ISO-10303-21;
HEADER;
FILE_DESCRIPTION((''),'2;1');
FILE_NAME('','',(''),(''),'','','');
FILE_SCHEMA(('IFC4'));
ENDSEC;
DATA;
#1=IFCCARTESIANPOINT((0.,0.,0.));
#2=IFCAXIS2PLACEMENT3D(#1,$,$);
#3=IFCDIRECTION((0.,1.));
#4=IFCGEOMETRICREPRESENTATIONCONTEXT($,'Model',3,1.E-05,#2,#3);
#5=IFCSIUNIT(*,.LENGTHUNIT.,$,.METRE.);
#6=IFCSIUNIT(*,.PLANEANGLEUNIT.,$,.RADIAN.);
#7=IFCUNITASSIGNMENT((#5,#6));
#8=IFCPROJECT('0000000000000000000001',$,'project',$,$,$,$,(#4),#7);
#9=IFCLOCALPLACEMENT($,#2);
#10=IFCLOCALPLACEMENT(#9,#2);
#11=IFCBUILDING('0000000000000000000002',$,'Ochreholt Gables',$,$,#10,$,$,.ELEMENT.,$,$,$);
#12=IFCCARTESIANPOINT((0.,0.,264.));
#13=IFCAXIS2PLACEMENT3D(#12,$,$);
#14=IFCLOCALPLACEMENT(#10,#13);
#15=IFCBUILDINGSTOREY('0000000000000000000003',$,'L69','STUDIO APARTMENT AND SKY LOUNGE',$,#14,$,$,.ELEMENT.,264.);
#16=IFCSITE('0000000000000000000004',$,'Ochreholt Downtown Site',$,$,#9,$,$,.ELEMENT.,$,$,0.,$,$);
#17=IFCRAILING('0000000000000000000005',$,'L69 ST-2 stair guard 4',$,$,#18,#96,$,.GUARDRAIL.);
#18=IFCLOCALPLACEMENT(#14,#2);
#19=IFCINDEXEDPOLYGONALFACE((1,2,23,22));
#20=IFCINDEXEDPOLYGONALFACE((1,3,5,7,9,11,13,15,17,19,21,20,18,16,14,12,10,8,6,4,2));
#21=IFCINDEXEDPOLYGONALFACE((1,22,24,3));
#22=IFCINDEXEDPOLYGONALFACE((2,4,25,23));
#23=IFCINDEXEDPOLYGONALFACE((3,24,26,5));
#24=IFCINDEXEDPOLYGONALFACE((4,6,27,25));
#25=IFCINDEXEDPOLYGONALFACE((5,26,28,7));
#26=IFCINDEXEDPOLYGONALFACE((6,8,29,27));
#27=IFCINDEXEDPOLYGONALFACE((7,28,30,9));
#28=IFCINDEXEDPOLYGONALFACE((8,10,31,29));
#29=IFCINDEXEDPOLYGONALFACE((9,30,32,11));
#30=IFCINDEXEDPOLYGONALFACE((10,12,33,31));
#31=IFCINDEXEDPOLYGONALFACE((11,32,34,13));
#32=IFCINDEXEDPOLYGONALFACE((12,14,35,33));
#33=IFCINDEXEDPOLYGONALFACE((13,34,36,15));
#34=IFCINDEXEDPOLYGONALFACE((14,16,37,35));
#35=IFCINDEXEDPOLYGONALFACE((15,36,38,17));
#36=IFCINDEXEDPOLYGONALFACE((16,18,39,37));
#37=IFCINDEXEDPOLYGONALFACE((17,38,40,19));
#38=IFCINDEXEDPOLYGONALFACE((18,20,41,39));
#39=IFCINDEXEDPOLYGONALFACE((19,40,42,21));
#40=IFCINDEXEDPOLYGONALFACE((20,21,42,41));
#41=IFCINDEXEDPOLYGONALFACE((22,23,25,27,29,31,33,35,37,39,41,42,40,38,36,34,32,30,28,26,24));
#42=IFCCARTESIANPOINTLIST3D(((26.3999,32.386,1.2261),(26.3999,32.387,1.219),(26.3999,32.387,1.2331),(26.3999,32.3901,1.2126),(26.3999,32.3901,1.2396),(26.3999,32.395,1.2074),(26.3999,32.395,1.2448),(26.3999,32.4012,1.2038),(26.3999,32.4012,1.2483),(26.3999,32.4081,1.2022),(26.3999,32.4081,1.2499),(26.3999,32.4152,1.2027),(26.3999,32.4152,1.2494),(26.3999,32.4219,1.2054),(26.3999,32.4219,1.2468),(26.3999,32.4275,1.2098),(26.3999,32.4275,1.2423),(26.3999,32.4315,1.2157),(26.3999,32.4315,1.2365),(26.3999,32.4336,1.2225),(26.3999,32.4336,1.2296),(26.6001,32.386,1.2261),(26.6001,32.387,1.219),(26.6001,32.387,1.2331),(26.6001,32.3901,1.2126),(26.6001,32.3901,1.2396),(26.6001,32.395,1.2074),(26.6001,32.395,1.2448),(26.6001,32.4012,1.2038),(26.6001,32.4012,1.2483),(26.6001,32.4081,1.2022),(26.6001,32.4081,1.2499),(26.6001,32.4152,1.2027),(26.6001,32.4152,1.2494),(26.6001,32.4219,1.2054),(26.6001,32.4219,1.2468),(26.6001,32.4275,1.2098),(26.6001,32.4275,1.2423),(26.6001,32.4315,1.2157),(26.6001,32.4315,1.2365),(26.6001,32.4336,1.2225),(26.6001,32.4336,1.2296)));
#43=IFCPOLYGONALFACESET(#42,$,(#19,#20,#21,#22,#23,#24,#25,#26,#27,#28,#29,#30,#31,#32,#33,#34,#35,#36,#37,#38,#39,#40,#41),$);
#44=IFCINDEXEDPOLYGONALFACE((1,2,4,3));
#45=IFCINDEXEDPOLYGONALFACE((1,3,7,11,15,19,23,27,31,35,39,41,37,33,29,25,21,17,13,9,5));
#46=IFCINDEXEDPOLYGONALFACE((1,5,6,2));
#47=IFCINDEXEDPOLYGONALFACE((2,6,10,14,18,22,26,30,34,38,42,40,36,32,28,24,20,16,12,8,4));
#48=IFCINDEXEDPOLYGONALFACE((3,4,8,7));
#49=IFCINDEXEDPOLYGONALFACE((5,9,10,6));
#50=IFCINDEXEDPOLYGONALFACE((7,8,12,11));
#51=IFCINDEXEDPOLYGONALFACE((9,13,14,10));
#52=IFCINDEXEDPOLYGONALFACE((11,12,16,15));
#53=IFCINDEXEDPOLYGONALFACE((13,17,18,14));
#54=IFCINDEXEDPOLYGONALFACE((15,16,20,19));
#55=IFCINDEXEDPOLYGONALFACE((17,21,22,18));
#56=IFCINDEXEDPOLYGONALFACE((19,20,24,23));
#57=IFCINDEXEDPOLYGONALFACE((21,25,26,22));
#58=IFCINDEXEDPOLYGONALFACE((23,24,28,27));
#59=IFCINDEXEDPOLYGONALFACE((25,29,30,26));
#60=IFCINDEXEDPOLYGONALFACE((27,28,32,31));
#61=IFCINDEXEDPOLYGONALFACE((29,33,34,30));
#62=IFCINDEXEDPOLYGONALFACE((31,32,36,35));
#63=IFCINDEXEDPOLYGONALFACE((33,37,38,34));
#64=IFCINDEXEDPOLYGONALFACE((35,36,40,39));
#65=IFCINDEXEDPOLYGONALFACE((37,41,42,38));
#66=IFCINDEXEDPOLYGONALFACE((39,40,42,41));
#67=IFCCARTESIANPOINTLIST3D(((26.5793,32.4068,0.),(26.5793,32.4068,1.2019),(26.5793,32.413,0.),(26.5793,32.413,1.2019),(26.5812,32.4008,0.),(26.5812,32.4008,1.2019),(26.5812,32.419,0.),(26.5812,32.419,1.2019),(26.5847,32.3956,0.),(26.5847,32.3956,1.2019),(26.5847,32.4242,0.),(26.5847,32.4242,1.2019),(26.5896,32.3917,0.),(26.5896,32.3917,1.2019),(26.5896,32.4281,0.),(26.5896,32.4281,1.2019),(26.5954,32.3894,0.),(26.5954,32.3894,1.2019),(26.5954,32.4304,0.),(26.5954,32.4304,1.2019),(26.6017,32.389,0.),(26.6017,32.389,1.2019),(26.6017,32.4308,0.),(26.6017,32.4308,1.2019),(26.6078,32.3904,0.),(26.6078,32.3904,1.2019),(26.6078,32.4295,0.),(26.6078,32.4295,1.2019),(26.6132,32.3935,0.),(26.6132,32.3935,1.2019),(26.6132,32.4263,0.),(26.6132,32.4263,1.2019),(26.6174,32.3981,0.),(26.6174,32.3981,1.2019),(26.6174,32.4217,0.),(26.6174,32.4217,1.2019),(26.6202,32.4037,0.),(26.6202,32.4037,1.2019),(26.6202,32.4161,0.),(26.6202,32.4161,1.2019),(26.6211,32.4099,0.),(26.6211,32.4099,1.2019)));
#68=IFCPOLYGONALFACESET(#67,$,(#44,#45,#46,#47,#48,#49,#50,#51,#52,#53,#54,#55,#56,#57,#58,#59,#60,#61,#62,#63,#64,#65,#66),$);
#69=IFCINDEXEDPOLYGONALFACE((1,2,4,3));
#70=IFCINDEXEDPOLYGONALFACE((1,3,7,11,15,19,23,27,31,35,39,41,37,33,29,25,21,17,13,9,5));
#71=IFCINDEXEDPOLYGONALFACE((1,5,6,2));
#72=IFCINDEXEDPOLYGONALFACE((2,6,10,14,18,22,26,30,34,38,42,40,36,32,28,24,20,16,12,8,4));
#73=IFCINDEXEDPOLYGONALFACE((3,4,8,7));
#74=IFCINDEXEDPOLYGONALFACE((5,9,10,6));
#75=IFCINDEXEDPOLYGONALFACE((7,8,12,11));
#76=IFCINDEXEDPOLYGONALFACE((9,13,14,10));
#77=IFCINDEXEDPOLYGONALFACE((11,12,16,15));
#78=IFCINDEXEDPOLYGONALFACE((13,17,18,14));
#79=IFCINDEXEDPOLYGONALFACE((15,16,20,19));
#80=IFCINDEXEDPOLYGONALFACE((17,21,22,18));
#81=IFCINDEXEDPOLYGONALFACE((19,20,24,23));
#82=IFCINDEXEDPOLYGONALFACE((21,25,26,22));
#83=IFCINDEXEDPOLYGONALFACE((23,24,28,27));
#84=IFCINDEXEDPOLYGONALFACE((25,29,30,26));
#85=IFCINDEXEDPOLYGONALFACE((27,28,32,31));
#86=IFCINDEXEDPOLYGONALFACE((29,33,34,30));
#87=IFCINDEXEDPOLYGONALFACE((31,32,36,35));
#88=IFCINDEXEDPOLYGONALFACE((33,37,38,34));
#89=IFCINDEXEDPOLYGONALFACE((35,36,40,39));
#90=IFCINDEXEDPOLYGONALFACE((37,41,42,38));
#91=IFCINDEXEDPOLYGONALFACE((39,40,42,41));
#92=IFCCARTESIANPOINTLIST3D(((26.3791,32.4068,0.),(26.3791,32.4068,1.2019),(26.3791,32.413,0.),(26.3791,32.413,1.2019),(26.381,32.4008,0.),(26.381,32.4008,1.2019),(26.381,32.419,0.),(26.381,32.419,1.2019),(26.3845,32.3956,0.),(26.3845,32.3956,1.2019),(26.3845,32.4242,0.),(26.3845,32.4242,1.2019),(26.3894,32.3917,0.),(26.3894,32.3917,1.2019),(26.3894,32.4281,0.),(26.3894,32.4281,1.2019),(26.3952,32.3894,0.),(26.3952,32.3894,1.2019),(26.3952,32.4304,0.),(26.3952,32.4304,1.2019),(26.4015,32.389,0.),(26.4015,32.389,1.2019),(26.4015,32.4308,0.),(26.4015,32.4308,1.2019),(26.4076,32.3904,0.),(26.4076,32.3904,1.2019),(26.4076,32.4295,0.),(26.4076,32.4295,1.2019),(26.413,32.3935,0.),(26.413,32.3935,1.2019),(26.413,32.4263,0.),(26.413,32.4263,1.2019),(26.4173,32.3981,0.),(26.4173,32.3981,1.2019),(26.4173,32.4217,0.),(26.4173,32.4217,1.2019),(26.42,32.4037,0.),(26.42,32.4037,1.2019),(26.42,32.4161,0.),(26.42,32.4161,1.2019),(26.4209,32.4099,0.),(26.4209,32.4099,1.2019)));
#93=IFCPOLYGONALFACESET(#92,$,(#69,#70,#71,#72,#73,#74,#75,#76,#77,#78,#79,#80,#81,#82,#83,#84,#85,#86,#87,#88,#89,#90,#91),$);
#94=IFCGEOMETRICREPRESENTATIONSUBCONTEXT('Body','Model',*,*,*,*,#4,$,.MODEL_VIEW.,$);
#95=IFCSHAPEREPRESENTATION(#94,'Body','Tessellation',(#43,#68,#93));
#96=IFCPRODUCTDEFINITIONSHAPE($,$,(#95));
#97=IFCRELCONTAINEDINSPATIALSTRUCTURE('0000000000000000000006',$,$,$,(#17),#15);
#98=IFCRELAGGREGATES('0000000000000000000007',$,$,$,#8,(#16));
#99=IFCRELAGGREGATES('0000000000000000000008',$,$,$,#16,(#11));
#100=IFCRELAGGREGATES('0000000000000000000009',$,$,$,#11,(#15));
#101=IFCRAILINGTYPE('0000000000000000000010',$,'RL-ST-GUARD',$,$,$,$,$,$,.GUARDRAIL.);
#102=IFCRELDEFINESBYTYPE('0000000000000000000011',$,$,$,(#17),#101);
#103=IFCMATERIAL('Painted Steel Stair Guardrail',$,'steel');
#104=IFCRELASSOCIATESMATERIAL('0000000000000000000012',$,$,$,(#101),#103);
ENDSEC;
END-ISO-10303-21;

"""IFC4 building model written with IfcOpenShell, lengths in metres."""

from ifc_helpers import new_model, si_unit, direction, frame, origin, origin_2d, place, context, subcontext, project, spatial, circle, extrude, material, type_object, element, save


model = new_model("IFC4")

# Units and contexts
model_context = context("Model", 3, precision=1e-05, world=origin(), true_north=direction((0.0, 1.0)))
body_context = subcontext(model_context, "Body", "Model", "MODEL_VIEW")
ifc_project = project(units=[si_unit("LENGTHUNIT", "METRE"), si_unit("PLANEANGLEUNIT", "RADIAN")], contexts=[model_context])

# Site, building, storey
site_placement = place(None, origin())
site = spatial("IfcSite", under=ifc_project, at=site_placement, Name="Ochreholt Downtown Site", CompositionType="ELEMENT", RefElevation=0.0)
building_placement = place(site_placement, origin())
building = spatial("IfcBuilding", under=site, at=building_placement, Name="Ochreholt Gables", CompositionType="ELEMENT")
storey_placement = place(building_placement, frame((0.0, 0.0, 264.0)))
storey = spatial("IfcBuildingStorey", under=building, at=storey_placement, Name="L69", Description="STUDIO APARTMENT AND SKY LOUNGE", CompositionType="ELEMENT", Elevation=264.0)

# Railing
ifc_material_1 = material(Name="Painted Steel Stair Guardrail", Category="steel")
railing_type_1 = type_object("IfcRailingType", Name="RL-ST-GUARD", PredefinedType="GUARDRAIL", material=ifc_material_1)
railing_1_placement = place(storey_placement, frame((26.6001, 32.4099, 0.0)))
element("IfcRailing", 1, at=railing_1_placement, inside=storey, type_object=railing_type_1, Name="L69 ST-2 stair guard 4", PredefinedType="GUARDRAIL", context=body_context, shape_type="SweptSolid", body=[
    extrude(circle(Radius=0.0239, at=origin_2d()), frame((0.0, 0.0, 1.2261), z_axis=(-1.0, 0.0, 0.0), x_axis=(0.0, -1.0, 0.0)), (0.0, 0.0, 1.0), 0.2002),
    extrude(circle(Radius=0.021, at=origin_2d()), origin(), (0.0, 0.0, 1.0), 1.2019),
    extrude(circle(Radius=0.021, at=origin_2d()), frame((-0.2002, 0.0, 0.0)), (0.0, 0.0, 1.0), 1.2019),
])

save(model, "model.ifc")
